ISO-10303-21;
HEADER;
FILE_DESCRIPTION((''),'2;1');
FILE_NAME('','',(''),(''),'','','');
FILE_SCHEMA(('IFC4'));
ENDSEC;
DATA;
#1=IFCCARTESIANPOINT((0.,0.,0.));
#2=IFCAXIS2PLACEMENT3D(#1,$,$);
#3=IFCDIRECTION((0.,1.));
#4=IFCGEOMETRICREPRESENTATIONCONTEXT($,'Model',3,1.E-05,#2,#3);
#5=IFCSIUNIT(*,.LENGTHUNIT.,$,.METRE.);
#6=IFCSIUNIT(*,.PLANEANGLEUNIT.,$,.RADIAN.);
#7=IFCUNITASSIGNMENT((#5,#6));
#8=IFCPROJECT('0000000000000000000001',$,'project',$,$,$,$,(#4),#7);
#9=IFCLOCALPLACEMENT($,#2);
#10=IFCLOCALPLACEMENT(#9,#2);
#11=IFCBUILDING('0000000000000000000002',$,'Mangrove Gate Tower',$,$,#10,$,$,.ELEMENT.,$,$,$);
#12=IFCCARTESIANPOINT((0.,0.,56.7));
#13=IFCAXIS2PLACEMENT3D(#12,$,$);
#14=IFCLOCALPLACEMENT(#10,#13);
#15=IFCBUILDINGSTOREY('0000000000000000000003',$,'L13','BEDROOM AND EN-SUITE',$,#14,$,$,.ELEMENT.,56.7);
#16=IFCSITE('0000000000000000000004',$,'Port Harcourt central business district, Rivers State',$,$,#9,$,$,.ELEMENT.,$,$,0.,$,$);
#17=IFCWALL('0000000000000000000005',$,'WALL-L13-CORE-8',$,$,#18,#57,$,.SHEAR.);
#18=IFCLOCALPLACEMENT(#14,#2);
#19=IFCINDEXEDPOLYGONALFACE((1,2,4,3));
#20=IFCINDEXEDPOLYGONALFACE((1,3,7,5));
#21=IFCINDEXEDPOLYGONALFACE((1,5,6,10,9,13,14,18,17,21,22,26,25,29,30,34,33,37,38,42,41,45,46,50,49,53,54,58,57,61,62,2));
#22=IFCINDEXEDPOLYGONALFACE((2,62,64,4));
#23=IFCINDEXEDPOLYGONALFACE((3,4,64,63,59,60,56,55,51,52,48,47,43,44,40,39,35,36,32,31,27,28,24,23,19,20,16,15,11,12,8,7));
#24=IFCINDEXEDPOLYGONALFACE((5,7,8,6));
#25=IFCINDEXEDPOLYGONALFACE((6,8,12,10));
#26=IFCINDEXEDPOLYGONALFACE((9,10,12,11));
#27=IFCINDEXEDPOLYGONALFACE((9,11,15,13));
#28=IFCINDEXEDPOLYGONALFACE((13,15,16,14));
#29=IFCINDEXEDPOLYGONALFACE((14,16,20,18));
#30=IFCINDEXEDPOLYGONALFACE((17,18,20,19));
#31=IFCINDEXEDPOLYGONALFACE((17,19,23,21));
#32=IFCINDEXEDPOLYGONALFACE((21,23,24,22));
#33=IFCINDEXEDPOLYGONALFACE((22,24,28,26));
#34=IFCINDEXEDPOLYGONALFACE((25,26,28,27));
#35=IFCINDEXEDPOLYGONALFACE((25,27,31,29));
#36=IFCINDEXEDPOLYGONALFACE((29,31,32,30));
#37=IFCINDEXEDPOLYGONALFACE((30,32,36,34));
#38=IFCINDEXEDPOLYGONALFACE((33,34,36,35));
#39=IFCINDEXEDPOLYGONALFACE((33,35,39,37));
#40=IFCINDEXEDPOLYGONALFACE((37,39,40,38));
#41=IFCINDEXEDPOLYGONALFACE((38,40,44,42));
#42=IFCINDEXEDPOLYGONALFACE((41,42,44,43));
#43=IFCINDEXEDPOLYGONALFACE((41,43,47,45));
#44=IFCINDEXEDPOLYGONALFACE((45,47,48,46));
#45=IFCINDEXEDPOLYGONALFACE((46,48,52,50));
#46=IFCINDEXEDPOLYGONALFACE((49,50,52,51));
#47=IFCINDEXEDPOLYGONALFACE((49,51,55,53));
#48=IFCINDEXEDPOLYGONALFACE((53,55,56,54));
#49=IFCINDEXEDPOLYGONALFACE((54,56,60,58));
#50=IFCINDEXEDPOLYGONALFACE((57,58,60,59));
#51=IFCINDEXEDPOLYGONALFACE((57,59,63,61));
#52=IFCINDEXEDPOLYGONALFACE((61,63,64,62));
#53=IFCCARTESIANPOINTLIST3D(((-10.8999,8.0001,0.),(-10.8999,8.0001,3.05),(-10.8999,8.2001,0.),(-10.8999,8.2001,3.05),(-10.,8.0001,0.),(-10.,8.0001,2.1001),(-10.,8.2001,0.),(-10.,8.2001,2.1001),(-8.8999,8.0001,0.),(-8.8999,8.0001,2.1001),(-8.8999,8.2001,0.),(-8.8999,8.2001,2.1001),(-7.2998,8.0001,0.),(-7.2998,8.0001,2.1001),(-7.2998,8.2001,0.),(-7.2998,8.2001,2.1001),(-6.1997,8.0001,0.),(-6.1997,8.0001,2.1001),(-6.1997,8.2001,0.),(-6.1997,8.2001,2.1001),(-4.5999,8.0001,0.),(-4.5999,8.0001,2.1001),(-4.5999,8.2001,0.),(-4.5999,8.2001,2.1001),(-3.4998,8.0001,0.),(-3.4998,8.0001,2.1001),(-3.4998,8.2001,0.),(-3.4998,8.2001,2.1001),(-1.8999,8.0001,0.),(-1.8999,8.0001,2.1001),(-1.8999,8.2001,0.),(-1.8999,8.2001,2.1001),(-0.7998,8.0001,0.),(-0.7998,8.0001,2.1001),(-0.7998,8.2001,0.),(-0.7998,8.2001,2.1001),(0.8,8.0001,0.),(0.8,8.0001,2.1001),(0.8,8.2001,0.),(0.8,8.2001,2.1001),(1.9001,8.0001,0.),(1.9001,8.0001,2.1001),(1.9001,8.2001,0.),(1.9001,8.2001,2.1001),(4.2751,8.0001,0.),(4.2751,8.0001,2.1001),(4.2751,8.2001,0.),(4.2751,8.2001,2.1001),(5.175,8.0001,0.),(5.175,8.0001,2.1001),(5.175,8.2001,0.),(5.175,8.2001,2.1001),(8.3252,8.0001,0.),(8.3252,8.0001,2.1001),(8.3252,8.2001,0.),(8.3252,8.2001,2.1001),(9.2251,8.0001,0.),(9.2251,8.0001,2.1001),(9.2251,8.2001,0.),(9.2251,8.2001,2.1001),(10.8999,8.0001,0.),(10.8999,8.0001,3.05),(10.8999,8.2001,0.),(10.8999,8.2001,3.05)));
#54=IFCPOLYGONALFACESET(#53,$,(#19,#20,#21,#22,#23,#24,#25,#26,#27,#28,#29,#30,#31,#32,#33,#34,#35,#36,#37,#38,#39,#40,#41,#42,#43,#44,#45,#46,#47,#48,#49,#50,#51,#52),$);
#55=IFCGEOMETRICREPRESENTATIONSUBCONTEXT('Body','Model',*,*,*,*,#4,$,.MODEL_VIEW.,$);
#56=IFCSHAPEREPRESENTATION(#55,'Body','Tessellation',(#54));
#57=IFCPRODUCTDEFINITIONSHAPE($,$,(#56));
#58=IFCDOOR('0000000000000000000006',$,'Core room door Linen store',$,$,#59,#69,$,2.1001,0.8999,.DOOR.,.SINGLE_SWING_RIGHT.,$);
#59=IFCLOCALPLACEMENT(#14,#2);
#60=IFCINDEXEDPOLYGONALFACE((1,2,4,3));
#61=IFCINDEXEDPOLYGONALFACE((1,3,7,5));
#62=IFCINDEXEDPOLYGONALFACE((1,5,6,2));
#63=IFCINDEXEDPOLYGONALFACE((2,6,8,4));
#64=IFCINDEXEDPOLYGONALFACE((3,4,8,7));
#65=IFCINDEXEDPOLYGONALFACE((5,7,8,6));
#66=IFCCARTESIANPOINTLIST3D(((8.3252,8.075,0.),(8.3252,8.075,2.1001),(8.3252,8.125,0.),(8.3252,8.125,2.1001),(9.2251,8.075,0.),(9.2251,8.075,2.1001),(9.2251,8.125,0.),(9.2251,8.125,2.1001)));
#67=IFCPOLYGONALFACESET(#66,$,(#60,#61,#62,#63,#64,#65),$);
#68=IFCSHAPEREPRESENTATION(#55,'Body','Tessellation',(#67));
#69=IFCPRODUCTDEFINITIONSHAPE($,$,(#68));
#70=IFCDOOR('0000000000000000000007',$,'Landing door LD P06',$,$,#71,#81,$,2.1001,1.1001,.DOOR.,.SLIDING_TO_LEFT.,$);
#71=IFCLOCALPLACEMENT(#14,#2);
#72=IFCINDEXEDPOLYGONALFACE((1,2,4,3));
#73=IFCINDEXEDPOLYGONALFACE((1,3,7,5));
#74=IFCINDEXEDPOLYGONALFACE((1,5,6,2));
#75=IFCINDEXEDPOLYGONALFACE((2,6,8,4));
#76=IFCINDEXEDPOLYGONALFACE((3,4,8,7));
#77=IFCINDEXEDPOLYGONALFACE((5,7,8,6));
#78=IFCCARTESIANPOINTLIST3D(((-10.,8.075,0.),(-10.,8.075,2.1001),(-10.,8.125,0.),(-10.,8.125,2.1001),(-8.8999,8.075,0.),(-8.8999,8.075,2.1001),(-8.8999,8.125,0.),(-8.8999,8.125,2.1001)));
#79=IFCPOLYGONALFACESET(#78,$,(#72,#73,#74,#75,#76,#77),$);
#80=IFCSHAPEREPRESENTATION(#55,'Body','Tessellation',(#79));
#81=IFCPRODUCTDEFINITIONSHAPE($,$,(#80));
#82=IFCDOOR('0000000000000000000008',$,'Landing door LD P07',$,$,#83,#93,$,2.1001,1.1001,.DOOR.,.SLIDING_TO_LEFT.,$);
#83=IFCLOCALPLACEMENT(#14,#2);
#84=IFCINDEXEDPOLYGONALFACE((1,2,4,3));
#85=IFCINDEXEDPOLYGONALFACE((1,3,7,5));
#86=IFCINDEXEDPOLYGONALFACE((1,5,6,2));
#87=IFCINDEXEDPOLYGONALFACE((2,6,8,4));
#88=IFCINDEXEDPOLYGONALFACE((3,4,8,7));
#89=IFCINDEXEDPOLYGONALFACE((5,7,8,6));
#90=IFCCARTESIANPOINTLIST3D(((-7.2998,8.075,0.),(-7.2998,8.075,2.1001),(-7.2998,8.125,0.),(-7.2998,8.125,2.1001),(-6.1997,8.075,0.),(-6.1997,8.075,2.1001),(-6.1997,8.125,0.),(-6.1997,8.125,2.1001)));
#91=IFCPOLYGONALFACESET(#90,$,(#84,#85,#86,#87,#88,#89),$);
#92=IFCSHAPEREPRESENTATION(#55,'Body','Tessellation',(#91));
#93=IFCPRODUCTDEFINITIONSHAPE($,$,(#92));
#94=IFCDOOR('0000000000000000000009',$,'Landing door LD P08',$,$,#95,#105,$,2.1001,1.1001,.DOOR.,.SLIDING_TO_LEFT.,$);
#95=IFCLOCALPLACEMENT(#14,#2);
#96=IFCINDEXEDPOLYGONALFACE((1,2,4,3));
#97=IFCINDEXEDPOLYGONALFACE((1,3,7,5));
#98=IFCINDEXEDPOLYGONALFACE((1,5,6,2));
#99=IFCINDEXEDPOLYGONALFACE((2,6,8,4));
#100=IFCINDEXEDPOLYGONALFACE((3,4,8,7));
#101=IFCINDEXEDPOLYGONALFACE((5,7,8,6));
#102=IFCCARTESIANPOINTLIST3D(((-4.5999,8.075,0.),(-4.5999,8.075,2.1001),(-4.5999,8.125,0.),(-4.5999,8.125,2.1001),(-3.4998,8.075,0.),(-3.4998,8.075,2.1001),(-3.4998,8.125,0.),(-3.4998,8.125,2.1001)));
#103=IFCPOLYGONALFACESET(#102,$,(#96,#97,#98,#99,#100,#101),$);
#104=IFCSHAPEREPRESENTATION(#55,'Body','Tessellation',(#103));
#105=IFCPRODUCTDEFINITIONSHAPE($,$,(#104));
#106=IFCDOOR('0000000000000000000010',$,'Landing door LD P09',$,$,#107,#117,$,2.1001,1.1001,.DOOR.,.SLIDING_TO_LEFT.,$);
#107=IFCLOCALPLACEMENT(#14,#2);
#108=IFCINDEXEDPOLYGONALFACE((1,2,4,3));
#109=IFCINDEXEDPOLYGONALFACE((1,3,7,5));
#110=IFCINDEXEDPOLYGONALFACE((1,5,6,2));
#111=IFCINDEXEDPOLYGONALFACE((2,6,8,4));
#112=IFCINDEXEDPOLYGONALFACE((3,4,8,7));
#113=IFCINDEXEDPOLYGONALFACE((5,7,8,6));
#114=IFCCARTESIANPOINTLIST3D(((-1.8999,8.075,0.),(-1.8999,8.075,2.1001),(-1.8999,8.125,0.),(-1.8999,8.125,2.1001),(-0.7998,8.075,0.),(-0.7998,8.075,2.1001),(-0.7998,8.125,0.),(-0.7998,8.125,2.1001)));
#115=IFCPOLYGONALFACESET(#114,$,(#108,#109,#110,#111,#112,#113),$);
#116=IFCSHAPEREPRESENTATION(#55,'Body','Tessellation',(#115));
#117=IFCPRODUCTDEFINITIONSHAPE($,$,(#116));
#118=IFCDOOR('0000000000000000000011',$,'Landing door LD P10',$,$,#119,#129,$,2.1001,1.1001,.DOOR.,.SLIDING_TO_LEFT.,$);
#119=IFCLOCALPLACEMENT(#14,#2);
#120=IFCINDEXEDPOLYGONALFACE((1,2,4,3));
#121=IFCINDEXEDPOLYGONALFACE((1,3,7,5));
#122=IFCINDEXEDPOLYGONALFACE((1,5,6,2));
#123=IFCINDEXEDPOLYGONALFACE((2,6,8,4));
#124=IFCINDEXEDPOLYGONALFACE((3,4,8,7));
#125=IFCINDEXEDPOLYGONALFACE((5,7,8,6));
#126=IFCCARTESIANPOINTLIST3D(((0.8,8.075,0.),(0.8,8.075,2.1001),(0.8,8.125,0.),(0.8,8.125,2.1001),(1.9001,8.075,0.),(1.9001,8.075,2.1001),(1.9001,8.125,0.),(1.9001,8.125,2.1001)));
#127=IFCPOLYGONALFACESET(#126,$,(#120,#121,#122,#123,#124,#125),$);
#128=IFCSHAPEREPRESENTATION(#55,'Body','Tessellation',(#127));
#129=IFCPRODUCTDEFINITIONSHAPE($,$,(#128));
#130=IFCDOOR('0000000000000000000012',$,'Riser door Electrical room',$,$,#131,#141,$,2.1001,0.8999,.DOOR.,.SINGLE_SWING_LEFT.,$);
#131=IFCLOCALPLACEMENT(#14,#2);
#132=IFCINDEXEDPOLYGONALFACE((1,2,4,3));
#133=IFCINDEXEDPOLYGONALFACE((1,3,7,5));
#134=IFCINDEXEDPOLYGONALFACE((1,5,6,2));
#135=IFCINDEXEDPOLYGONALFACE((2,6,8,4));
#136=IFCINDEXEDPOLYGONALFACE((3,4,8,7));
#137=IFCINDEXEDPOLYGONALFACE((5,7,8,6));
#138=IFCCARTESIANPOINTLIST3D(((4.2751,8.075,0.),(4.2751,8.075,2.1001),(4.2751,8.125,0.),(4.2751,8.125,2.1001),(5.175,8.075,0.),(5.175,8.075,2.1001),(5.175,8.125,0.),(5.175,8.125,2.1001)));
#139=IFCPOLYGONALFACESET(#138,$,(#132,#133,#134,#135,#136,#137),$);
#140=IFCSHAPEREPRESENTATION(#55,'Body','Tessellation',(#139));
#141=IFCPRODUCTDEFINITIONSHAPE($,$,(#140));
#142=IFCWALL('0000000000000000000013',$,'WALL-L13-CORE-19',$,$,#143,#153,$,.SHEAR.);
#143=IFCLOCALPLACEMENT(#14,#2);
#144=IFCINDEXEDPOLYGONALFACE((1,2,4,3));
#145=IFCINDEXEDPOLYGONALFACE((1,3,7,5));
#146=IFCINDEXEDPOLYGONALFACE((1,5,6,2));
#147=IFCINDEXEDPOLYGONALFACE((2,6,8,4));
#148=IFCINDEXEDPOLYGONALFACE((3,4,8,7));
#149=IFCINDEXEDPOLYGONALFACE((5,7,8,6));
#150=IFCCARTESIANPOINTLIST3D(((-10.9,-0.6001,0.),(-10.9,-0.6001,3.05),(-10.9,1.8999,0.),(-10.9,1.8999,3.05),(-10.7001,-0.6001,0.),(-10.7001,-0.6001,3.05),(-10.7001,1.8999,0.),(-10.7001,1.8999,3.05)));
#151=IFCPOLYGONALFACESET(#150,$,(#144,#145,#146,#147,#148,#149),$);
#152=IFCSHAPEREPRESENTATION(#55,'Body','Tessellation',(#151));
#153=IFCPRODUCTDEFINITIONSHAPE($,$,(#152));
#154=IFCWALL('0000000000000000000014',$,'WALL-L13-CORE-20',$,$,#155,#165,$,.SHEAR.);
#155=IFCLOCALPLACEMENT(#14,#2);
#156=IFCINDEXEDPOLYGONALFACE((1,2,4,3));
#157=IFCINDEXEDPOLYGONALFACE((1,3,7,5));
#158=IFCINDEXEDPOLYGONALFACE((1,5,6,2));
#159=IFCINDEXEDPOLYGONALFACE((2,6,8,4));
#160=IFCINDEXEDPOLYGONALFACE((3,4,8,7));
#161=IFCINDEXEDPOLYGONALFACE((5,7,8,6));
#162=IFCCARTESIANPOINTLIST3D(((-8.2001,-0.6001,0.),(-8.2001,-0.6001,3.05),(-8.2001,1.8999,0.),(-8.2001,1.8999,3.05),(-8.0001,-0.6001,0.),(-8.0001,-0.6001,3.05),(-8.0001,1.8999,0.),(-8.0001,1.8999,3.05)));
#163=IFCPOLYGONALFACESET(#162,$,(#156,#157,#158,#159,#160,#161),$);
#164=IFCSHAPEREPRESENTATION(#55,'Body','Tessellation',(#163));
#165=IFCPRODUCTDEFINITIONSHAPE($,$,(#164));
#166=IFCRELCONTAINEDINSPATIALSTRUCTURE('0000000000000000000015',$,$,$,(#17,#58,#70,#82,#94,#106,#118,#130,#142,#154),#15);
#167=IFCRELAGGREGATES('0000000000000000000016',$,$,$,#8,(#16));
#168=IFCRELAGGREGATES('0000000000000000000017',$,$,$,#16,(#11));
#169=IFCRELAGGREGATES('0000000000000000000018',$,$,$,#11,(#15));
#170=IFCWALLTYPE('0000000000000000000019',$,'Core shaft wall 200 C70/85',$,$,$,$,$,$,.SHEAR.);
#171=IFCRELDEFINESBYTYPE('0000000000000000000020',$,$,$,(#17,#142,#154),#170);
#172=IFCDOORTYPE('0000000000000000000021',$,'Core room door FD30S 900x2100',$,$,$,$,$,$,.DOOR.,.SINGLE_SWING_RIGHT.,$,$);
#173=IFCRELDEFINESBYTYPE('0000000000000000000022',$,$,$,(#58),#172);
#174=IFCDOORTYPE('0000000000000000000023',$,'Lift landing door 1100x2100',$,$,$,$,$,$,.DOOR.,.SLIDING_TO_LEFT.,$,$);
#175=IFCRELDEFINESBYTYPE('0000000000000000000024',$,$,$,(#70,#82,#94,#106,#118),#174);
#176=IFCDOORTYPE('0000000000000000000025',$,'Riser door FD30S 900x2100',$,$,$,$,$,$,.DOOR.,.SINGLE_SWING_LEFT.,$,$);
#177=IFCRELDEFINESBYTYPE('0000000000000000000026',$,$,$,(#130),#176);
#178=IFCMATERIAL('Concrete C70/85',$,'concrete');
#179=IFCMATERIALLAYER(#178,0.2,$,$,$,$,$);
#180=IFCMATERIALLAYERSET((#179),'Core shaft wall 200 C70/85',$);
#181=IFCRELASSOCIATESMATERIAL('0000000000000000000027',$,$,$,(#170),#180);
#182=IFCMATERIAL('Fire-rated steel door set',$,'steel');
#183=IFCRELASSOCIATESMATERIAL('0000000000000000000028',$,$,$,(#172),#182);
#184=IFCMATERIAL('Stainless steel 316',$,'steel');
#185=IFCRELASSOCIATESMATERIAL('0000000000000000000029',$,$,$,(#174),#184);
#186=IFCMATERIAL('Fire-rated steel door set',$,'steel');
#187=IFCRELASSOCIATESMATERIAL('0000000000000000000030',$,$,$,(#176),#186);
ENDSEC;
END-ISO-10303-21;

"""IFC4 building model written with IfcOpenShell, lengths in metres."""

from ifc_helpers import new_model, si_unit, direction, frame, frame_2d, origin, place, context, subcontext, project, spatial, rectangle, extrude, material, layer, layer_set, type_object, element, fill, save


model = new_model("IFC4")

# Units and contexts
model_context = context("Model", 3, precision=1e-05, world=origin(), true_north=direction((0.0, 1.0)))
body_context = subcontext(model_context, "Body", "Model", "MODEL_VIEW")
ifc_project = project(units=[si_unit("LENGTHUNIT", "METRE"), si_unit("PLANEANGLEUNIT", "RADIAN")], contexts=[model_context])

# Site, building, storey
site_placement = place(None, origin())
site = spatial("IfcSite", under=ifc_project, at=site_placement, Name="Port Harcourt central business district, Rivers State", CompositionType="ELEMENT", RefElevation=0.0)
building_placement = place(site_placement, origin())
building = spatial("IfcBuilding", under=site, at=building_placement, Name="Mangrove Gate Tower", CompositionType="ELEMENT")
storey_placement = place(building_placement, frame((0.0, 0.0, 56.7)))
storey = spatial("IfcBuildingStorey", under=building, at=storey_placement, Name="L13", Description="BEDROOM AND EN-SUITE", CompositionType="ELEMENT", Elevation=56.7)

# Wall, openings, doors
ifc_material_1 = material(Name="Concrete C70/85", Category="concrete")
ifc_layer_1 = layer(ifc_material_1, 0.2)
ifc_layer_set_1 = layer_set([ifc_layer_1], Name="Core shaft wall 200 C70/85")
wall_type_1 = type_object("IfcWallType", Name="Core shaft wall 200 C70/85", PredefinedType="SHEAR", material=ifc_layer_set_1)
wall_1_placement = place(storey_placement, frame((-10.8999, 8.1001, 0.0), z_axis=(0.0, 0.0, 1.0), x_axis=(1.0, 0.0, 0.0)))
wall_1 = element("IfcWall", 1, at=wall_1_placement, inside=storey, type_object=wall_type_1, Name="WALL-L13-CORE-8", PredefinedType="SHEAR", context=body_context, shape_type="SweptSolid", body=[
    extrude(rectangle(XDim=21.7998, YDim=0.2, at=frame_2d((10.8999, 0.0))), origin(), (0.0, 0.0, 1.0), 3.05),
])
opening_1_placement = place(wall_1_placement, frame((0.8999, 0.0, 0.0)))
opening_1 = element("IfcOpeningElement", 2, at=opening_1_placement, cuts=wall_1, PredefinedType="OPENING", context=body_context, shape_type="SweptSolid", body=[
    extrude(rectangle(XDim=1.1001, YDim=2.1001, at=frame_2d((0.55, 1.05))), frame((0.0, 0.1099, 0.0), z_axis=(0.0, -1.0, 0.0), x_axis=(1.0, 0.0, 0.0)), (0.0, 0.0, 1.0), 0.22),
])
opening_2_placement = place(wall_1_placement, frame((3.6001, 0.0, 0.0)))
opening_2 = element("IfcOpeningElement", 3, at=opening_2_placement, cuts=wall_1, PredefinedType="OPENING", context=body_context, shape_type="SweptSolid", body=[
    extrude(rectangle(XDim=1.1001, YDim=2.1001, at=frame_2d((0.55, 1.05))), frame((0.0, 0.1099, 0.0), z_axis=(0.0, -1.0, 0.0), x_axis=(1.0, 0.0, 0.0)), (0.0, 0.0, 1.0), 0.22),
])
opening_3_placement = place(wall_1_placement, frame((6.3, 0.0, 0.0)))
opening_3 = element("IfcOpeningElement", 4, at=opening_3_placement, cuts=wall_1, PredefinedType="OPENING", context=body_context, shape_type="SweptSolid", body=[
    extrude(rectangle(XDim=1.1001, YDim=2.1001, at=frame_2d((0.55, 1.05))), frame((0.0, 0.1099, 0.0), z_axis=(0.0, -1.0, 0.0), x_axis=(1.0, 0.0, 0.0)), (0.0, 0.0, 1.0), 0.22),
])
opening_4_placement = place(wall_1_placement, frame((9.0, 0.0, 0.0)))
opening_4 = element("IfcOpeningElement", 5, at=opening_4_placement, cuts=wall_1, PredefinedType="OPENING", context=body_context, shape_type="SweptSolid", body=[
    extrude(rectangle(XDim=1.1001, YDim=2.1001, at=frame_2d((0.55, 1.05))), frame((0.0, 0.1099, 0.0), z_axis=(0.0, -1.0, 0.0), x_axis=(1.0, 0.0, 0.0)), (0.0, 0.0, 1.0), 0.22),
])
opening_5_placement = place(wall_1_placement, frame((11.7, 0.0, 0.0)))
opening_5 = element("IfcOpeningElement", 6, at=opening_5_placement, cuts=wall_1, PredefinedType="OPENING", context=body_context, shape_type="SweptSolid", body=[
    extrude(rectangle(XDim=1.1001, YDim=2.1001, at=frame_2d((0.55, 1.05))), frame((0.0, 0.1099, 0.0), z_axis=(0.0, -1.0, 0.0), x_axis=(1.0, 0.0, 0.0)), (0.0, 0.0, 1.0), 0.22),
])
opening_6_placement = place(wall_1_placement, frame((15.175, 0.0, 0.0)))
opening_6 = element("IfcOpeningElement", 7, at=opening_6_placement, cuts=wall_1, PredefinedType="OPENING", context=body_context, shape_type="SweptSolid", body=[
    extrude(rectangle(XDim=0.8999, YDim=2.1001, at=frame_2d((0.45, 1.05))), frame((0.0, 0.1099, 0.0), z_axis=(0.0, -1.0, 0.0), x_axis=(1.0, 0.0, 0.0)), (0.0, 0.0, 1.0), 0.22),
])
opening_7_placement = place(wall_1_placement, frame((19.2251, 0.0, 0.0)))
opening_7 = element("IfcOpeningElement", 8, at=opening_7_placement, cuts=wall_1, PredefinedType="OPENING", context=body_context, shape_type="SweptSolid", body=[
    extrude(rectangle(XDim=0.8999, YDim=2.1001, at=frame_2d((0.45, 1.05))), frame((0.0, 0.1099, 0.0), z_axis=(0.0, -1.0, 0.0), x_axis=(1.0, 0.0, 0.0)), (0.0, 0.0, 1.0), 0.22),
])
ifc_material_2 = material(Name="Fire-rated steel door set", Category="steel")
door_type_1 = type_object("IfcDoorType", Name="Core room door FD30S 900x2100", OperationType="SINGLE_SWING_RIGHT", PredefinedType="DOOR", material=ifc_material_2)
door_1_placement = place(opening_7_placement, origin())
door_1 = element("IfcDoor", 9, at=door_1_placement, inside=storey, type_object=door_type_1, Name="Core room door Linen store", OperationType="SINGLE_SWING_RIGHT", OverallHeight=2.1001, OverallWidth=0.8999, PredefinedType="DOOR", context=body_context, shape_type="SweptSolid", body=[
    extrude(rectangle(XDim=0.8999, YDim=2.1001, at=frame_2d((0.45, 1.05))), frame((0.0, 0.0249, 0.0), z_axis=(0.0, -1.0, 0.0), x_axis=(1.0, 0.0, 0.0)), (0.0, 0.0, 1.0), 0.05),
])
fill(opening_7, door_1)
ifc_material_3 = material(Name="Stainless steel 316", Category="steel")
door_type_2 = type_object("IfcDoorType", Name="Lift landing door 1100x2100", OperationType="SLIDING_TO_LEFT", PredefinedType="DOOR", material=ifc_material_3)
door_2_placement = place(opening_1_placement, origin())
door_2 = element("IfcDoor", 10, at=door_2_placement, inside=storey, type_object=door_type_2, Name="Landing door LD P06", OperationType="SLIDING_TO_LEFT", OverallHeight=2.1001, OverallWidth=1.1001, PredefinedType="DOOR", context=body_context, shape_type="SweptSolid", body=[
    extrude(rectangle(XDim=1.1001, YDim=2.1001, at=frame_2d((0.55, 1.05))), frame((0.0, 0.0249, 0.0), z_axis=(0.0, -1.0, 0.0), x_axis=(1.0, 0.0, 0.0)), (0.0, 0.0, 1.0), 0.05),
])
fill(opening_1, door_2)
door_3_placement = place(opening_2_placement, origin())
door_3 = element("IfcDoor", 11, at=door_3_placement, inside=storey, type_object=door_type_2, Name="Landing door LD P07", OperationType="SLIDING_TO_LEFT", OverallHeight=2.1001, OverallWidth=1.1001, PredefinedType="DOOR", context=body_context, shape_type="SweptSolid", body=[
    extrude(rectangle(XDim=1.1001, YDim=2.1001, at=frame_2d((0.55, 1.05))), frame((0.0, 0.0249, 0.0), z_axis=(0.0, -1.0, 0.0), x_axis=(1.0, 0.0, 0.0)), (0.0, 0.0, 1.0), 0.05),
])
fill(opening_2, door_3)
door_4_placement = place(opening_3_placement, origin())
door_4 = element("IfcDoor", 12, at=door_4_placement, inside=storey, type_object=door_type_2, Name="Landing door LD P08", OperationType="SLIDING_TO_LEFT", OverallHeight=2.1001, OverallWidth=1.1001, PredefinedType="DOOR", context=body_context, shape_type="SweptSolid", body=[
    extrude(rectangle(XDim=1.1001, YDim=2.1001, at=frame_2d((0.55, 1.05))), frame((0.0, 0.0249, 0.0), z_axis=(0.0, -1.0, 0.0), x_axis=(1.0, 0.0, 0.0)), (0.0, 0.0, 1.0), 0.05),
])
fill(opening_3, door_4)
door_5_placement = place(opening_4_placement, origin())
door_5 = element("IfcDoor", 13, at=door_5_placement, inside=storey, type_object=door_type_2, Name="Landing door LD P09", OperationType="SLIDING_TO_LEFT", OverallHeight=2.1001, OverallWidth=1.1001, PredefinedType="DOOR", context=body_context, shape_type="SweptSolid", body=[
    extrude(rectangle(XDim=1.1001, YDim=2.1001, at=frame_2d((0.55, 1.05))), frame((0.0, 0.0249, 0.0), z_axis=(0.0, -1.0, 0.0), x_axis=(1.0, 0.0, 0.0)), (0.0, 0.0, 1.0), 0.05),
])
fill(opening_4, door_5)
door_6_placement = place(opening_5_placement, origin())
door_6 = element("IfcDoor", 14, at=door_6_placement, inside=storey, type_object=door_type_2, Name="Landing door LD P10", OperationType="SLIDING_TO_LEFT", OverallHeight=2.1001, OverallWidth=1.1001, PredefinedType="DOOR", context=body_context, shape_type="SweptSolid", body=[
    extrude(rectangle(XDim=1.1001, YDim=2.1001, at=frame_2d((0.55, 1.05))), frame((0.0, 0.0249, 0.0), z_axis=(0.0, -1.0, 0.0), x_axis=(1.0, 0.0, 0.0)), (0.0, 0.0, 1.0), 0.05),
])
fill(opening_5, door_6)
ifc_material_4 = material(Name="Fire-rated steel door set", Category="steel")
door_type_3 = type_object("IfcDoorType", Name="Riser door FD30S 900x2100", OperationType="SINGLE_SWING_LEFT", PredefinedType="DOOR", material=ifc_material_4)
door_7_placement = place(opening_6_placement, origin())
door_7 = element("IfcDoor", 15, at=door_7_placement, inside=storey, type_object=door_type_3, Name="Riser door Electrical room", OperationType="SINGLE_SWING_LEFT", OverallHeight=2.1001, OverallWidth=0.8999, PredefinedType="DOOR", context=body_context, shape_type="SweptSolid", body=[
    extrude(rectangle(XDim=0.8999, YDim=2.1001, at=frame_2d((0.45, 1.05))), frame((0.0, 0.0249, 0.0), z_axis=(0.0, -1.0, 0.0), x_axis=(1.0, 0.0, 0.0)), (0.0, 0.0, 1.0), 0.05),
])
fill(opening_6, door_7)

# Walls
for number, where, z_axis, x_axis, name in (
    (16, (-10.8, -0.6001, 0.0), (0.0, 0.0, 1.0), (0.0, 1.0, 0.0), "WALL-L13-CORE-19"),
    (17, (-8.1001, -0.6001, 0.0), (0.0, 0.0, 1.0), (0.0, 1.0, 0.0), "WALL-L13-CORE-20"),
):
    element("IfcWall", number, at=place(storey_placement, frame(where, z_axis=z_axis, x_axis=x_axis)), inside=storey, type_object=wall_type_1, Name=name, PredefinedType="SHEAR", context=body_context, shape_type="SweptSolid", body=[
        extrude(rectangle(XDim=2.5, YDim=0.2, at=frame_2d((1.25, 0.0))), origin(), (0.0, 0.0, 1.0), 3.05),
    ])

save(model, "model.ifc")
